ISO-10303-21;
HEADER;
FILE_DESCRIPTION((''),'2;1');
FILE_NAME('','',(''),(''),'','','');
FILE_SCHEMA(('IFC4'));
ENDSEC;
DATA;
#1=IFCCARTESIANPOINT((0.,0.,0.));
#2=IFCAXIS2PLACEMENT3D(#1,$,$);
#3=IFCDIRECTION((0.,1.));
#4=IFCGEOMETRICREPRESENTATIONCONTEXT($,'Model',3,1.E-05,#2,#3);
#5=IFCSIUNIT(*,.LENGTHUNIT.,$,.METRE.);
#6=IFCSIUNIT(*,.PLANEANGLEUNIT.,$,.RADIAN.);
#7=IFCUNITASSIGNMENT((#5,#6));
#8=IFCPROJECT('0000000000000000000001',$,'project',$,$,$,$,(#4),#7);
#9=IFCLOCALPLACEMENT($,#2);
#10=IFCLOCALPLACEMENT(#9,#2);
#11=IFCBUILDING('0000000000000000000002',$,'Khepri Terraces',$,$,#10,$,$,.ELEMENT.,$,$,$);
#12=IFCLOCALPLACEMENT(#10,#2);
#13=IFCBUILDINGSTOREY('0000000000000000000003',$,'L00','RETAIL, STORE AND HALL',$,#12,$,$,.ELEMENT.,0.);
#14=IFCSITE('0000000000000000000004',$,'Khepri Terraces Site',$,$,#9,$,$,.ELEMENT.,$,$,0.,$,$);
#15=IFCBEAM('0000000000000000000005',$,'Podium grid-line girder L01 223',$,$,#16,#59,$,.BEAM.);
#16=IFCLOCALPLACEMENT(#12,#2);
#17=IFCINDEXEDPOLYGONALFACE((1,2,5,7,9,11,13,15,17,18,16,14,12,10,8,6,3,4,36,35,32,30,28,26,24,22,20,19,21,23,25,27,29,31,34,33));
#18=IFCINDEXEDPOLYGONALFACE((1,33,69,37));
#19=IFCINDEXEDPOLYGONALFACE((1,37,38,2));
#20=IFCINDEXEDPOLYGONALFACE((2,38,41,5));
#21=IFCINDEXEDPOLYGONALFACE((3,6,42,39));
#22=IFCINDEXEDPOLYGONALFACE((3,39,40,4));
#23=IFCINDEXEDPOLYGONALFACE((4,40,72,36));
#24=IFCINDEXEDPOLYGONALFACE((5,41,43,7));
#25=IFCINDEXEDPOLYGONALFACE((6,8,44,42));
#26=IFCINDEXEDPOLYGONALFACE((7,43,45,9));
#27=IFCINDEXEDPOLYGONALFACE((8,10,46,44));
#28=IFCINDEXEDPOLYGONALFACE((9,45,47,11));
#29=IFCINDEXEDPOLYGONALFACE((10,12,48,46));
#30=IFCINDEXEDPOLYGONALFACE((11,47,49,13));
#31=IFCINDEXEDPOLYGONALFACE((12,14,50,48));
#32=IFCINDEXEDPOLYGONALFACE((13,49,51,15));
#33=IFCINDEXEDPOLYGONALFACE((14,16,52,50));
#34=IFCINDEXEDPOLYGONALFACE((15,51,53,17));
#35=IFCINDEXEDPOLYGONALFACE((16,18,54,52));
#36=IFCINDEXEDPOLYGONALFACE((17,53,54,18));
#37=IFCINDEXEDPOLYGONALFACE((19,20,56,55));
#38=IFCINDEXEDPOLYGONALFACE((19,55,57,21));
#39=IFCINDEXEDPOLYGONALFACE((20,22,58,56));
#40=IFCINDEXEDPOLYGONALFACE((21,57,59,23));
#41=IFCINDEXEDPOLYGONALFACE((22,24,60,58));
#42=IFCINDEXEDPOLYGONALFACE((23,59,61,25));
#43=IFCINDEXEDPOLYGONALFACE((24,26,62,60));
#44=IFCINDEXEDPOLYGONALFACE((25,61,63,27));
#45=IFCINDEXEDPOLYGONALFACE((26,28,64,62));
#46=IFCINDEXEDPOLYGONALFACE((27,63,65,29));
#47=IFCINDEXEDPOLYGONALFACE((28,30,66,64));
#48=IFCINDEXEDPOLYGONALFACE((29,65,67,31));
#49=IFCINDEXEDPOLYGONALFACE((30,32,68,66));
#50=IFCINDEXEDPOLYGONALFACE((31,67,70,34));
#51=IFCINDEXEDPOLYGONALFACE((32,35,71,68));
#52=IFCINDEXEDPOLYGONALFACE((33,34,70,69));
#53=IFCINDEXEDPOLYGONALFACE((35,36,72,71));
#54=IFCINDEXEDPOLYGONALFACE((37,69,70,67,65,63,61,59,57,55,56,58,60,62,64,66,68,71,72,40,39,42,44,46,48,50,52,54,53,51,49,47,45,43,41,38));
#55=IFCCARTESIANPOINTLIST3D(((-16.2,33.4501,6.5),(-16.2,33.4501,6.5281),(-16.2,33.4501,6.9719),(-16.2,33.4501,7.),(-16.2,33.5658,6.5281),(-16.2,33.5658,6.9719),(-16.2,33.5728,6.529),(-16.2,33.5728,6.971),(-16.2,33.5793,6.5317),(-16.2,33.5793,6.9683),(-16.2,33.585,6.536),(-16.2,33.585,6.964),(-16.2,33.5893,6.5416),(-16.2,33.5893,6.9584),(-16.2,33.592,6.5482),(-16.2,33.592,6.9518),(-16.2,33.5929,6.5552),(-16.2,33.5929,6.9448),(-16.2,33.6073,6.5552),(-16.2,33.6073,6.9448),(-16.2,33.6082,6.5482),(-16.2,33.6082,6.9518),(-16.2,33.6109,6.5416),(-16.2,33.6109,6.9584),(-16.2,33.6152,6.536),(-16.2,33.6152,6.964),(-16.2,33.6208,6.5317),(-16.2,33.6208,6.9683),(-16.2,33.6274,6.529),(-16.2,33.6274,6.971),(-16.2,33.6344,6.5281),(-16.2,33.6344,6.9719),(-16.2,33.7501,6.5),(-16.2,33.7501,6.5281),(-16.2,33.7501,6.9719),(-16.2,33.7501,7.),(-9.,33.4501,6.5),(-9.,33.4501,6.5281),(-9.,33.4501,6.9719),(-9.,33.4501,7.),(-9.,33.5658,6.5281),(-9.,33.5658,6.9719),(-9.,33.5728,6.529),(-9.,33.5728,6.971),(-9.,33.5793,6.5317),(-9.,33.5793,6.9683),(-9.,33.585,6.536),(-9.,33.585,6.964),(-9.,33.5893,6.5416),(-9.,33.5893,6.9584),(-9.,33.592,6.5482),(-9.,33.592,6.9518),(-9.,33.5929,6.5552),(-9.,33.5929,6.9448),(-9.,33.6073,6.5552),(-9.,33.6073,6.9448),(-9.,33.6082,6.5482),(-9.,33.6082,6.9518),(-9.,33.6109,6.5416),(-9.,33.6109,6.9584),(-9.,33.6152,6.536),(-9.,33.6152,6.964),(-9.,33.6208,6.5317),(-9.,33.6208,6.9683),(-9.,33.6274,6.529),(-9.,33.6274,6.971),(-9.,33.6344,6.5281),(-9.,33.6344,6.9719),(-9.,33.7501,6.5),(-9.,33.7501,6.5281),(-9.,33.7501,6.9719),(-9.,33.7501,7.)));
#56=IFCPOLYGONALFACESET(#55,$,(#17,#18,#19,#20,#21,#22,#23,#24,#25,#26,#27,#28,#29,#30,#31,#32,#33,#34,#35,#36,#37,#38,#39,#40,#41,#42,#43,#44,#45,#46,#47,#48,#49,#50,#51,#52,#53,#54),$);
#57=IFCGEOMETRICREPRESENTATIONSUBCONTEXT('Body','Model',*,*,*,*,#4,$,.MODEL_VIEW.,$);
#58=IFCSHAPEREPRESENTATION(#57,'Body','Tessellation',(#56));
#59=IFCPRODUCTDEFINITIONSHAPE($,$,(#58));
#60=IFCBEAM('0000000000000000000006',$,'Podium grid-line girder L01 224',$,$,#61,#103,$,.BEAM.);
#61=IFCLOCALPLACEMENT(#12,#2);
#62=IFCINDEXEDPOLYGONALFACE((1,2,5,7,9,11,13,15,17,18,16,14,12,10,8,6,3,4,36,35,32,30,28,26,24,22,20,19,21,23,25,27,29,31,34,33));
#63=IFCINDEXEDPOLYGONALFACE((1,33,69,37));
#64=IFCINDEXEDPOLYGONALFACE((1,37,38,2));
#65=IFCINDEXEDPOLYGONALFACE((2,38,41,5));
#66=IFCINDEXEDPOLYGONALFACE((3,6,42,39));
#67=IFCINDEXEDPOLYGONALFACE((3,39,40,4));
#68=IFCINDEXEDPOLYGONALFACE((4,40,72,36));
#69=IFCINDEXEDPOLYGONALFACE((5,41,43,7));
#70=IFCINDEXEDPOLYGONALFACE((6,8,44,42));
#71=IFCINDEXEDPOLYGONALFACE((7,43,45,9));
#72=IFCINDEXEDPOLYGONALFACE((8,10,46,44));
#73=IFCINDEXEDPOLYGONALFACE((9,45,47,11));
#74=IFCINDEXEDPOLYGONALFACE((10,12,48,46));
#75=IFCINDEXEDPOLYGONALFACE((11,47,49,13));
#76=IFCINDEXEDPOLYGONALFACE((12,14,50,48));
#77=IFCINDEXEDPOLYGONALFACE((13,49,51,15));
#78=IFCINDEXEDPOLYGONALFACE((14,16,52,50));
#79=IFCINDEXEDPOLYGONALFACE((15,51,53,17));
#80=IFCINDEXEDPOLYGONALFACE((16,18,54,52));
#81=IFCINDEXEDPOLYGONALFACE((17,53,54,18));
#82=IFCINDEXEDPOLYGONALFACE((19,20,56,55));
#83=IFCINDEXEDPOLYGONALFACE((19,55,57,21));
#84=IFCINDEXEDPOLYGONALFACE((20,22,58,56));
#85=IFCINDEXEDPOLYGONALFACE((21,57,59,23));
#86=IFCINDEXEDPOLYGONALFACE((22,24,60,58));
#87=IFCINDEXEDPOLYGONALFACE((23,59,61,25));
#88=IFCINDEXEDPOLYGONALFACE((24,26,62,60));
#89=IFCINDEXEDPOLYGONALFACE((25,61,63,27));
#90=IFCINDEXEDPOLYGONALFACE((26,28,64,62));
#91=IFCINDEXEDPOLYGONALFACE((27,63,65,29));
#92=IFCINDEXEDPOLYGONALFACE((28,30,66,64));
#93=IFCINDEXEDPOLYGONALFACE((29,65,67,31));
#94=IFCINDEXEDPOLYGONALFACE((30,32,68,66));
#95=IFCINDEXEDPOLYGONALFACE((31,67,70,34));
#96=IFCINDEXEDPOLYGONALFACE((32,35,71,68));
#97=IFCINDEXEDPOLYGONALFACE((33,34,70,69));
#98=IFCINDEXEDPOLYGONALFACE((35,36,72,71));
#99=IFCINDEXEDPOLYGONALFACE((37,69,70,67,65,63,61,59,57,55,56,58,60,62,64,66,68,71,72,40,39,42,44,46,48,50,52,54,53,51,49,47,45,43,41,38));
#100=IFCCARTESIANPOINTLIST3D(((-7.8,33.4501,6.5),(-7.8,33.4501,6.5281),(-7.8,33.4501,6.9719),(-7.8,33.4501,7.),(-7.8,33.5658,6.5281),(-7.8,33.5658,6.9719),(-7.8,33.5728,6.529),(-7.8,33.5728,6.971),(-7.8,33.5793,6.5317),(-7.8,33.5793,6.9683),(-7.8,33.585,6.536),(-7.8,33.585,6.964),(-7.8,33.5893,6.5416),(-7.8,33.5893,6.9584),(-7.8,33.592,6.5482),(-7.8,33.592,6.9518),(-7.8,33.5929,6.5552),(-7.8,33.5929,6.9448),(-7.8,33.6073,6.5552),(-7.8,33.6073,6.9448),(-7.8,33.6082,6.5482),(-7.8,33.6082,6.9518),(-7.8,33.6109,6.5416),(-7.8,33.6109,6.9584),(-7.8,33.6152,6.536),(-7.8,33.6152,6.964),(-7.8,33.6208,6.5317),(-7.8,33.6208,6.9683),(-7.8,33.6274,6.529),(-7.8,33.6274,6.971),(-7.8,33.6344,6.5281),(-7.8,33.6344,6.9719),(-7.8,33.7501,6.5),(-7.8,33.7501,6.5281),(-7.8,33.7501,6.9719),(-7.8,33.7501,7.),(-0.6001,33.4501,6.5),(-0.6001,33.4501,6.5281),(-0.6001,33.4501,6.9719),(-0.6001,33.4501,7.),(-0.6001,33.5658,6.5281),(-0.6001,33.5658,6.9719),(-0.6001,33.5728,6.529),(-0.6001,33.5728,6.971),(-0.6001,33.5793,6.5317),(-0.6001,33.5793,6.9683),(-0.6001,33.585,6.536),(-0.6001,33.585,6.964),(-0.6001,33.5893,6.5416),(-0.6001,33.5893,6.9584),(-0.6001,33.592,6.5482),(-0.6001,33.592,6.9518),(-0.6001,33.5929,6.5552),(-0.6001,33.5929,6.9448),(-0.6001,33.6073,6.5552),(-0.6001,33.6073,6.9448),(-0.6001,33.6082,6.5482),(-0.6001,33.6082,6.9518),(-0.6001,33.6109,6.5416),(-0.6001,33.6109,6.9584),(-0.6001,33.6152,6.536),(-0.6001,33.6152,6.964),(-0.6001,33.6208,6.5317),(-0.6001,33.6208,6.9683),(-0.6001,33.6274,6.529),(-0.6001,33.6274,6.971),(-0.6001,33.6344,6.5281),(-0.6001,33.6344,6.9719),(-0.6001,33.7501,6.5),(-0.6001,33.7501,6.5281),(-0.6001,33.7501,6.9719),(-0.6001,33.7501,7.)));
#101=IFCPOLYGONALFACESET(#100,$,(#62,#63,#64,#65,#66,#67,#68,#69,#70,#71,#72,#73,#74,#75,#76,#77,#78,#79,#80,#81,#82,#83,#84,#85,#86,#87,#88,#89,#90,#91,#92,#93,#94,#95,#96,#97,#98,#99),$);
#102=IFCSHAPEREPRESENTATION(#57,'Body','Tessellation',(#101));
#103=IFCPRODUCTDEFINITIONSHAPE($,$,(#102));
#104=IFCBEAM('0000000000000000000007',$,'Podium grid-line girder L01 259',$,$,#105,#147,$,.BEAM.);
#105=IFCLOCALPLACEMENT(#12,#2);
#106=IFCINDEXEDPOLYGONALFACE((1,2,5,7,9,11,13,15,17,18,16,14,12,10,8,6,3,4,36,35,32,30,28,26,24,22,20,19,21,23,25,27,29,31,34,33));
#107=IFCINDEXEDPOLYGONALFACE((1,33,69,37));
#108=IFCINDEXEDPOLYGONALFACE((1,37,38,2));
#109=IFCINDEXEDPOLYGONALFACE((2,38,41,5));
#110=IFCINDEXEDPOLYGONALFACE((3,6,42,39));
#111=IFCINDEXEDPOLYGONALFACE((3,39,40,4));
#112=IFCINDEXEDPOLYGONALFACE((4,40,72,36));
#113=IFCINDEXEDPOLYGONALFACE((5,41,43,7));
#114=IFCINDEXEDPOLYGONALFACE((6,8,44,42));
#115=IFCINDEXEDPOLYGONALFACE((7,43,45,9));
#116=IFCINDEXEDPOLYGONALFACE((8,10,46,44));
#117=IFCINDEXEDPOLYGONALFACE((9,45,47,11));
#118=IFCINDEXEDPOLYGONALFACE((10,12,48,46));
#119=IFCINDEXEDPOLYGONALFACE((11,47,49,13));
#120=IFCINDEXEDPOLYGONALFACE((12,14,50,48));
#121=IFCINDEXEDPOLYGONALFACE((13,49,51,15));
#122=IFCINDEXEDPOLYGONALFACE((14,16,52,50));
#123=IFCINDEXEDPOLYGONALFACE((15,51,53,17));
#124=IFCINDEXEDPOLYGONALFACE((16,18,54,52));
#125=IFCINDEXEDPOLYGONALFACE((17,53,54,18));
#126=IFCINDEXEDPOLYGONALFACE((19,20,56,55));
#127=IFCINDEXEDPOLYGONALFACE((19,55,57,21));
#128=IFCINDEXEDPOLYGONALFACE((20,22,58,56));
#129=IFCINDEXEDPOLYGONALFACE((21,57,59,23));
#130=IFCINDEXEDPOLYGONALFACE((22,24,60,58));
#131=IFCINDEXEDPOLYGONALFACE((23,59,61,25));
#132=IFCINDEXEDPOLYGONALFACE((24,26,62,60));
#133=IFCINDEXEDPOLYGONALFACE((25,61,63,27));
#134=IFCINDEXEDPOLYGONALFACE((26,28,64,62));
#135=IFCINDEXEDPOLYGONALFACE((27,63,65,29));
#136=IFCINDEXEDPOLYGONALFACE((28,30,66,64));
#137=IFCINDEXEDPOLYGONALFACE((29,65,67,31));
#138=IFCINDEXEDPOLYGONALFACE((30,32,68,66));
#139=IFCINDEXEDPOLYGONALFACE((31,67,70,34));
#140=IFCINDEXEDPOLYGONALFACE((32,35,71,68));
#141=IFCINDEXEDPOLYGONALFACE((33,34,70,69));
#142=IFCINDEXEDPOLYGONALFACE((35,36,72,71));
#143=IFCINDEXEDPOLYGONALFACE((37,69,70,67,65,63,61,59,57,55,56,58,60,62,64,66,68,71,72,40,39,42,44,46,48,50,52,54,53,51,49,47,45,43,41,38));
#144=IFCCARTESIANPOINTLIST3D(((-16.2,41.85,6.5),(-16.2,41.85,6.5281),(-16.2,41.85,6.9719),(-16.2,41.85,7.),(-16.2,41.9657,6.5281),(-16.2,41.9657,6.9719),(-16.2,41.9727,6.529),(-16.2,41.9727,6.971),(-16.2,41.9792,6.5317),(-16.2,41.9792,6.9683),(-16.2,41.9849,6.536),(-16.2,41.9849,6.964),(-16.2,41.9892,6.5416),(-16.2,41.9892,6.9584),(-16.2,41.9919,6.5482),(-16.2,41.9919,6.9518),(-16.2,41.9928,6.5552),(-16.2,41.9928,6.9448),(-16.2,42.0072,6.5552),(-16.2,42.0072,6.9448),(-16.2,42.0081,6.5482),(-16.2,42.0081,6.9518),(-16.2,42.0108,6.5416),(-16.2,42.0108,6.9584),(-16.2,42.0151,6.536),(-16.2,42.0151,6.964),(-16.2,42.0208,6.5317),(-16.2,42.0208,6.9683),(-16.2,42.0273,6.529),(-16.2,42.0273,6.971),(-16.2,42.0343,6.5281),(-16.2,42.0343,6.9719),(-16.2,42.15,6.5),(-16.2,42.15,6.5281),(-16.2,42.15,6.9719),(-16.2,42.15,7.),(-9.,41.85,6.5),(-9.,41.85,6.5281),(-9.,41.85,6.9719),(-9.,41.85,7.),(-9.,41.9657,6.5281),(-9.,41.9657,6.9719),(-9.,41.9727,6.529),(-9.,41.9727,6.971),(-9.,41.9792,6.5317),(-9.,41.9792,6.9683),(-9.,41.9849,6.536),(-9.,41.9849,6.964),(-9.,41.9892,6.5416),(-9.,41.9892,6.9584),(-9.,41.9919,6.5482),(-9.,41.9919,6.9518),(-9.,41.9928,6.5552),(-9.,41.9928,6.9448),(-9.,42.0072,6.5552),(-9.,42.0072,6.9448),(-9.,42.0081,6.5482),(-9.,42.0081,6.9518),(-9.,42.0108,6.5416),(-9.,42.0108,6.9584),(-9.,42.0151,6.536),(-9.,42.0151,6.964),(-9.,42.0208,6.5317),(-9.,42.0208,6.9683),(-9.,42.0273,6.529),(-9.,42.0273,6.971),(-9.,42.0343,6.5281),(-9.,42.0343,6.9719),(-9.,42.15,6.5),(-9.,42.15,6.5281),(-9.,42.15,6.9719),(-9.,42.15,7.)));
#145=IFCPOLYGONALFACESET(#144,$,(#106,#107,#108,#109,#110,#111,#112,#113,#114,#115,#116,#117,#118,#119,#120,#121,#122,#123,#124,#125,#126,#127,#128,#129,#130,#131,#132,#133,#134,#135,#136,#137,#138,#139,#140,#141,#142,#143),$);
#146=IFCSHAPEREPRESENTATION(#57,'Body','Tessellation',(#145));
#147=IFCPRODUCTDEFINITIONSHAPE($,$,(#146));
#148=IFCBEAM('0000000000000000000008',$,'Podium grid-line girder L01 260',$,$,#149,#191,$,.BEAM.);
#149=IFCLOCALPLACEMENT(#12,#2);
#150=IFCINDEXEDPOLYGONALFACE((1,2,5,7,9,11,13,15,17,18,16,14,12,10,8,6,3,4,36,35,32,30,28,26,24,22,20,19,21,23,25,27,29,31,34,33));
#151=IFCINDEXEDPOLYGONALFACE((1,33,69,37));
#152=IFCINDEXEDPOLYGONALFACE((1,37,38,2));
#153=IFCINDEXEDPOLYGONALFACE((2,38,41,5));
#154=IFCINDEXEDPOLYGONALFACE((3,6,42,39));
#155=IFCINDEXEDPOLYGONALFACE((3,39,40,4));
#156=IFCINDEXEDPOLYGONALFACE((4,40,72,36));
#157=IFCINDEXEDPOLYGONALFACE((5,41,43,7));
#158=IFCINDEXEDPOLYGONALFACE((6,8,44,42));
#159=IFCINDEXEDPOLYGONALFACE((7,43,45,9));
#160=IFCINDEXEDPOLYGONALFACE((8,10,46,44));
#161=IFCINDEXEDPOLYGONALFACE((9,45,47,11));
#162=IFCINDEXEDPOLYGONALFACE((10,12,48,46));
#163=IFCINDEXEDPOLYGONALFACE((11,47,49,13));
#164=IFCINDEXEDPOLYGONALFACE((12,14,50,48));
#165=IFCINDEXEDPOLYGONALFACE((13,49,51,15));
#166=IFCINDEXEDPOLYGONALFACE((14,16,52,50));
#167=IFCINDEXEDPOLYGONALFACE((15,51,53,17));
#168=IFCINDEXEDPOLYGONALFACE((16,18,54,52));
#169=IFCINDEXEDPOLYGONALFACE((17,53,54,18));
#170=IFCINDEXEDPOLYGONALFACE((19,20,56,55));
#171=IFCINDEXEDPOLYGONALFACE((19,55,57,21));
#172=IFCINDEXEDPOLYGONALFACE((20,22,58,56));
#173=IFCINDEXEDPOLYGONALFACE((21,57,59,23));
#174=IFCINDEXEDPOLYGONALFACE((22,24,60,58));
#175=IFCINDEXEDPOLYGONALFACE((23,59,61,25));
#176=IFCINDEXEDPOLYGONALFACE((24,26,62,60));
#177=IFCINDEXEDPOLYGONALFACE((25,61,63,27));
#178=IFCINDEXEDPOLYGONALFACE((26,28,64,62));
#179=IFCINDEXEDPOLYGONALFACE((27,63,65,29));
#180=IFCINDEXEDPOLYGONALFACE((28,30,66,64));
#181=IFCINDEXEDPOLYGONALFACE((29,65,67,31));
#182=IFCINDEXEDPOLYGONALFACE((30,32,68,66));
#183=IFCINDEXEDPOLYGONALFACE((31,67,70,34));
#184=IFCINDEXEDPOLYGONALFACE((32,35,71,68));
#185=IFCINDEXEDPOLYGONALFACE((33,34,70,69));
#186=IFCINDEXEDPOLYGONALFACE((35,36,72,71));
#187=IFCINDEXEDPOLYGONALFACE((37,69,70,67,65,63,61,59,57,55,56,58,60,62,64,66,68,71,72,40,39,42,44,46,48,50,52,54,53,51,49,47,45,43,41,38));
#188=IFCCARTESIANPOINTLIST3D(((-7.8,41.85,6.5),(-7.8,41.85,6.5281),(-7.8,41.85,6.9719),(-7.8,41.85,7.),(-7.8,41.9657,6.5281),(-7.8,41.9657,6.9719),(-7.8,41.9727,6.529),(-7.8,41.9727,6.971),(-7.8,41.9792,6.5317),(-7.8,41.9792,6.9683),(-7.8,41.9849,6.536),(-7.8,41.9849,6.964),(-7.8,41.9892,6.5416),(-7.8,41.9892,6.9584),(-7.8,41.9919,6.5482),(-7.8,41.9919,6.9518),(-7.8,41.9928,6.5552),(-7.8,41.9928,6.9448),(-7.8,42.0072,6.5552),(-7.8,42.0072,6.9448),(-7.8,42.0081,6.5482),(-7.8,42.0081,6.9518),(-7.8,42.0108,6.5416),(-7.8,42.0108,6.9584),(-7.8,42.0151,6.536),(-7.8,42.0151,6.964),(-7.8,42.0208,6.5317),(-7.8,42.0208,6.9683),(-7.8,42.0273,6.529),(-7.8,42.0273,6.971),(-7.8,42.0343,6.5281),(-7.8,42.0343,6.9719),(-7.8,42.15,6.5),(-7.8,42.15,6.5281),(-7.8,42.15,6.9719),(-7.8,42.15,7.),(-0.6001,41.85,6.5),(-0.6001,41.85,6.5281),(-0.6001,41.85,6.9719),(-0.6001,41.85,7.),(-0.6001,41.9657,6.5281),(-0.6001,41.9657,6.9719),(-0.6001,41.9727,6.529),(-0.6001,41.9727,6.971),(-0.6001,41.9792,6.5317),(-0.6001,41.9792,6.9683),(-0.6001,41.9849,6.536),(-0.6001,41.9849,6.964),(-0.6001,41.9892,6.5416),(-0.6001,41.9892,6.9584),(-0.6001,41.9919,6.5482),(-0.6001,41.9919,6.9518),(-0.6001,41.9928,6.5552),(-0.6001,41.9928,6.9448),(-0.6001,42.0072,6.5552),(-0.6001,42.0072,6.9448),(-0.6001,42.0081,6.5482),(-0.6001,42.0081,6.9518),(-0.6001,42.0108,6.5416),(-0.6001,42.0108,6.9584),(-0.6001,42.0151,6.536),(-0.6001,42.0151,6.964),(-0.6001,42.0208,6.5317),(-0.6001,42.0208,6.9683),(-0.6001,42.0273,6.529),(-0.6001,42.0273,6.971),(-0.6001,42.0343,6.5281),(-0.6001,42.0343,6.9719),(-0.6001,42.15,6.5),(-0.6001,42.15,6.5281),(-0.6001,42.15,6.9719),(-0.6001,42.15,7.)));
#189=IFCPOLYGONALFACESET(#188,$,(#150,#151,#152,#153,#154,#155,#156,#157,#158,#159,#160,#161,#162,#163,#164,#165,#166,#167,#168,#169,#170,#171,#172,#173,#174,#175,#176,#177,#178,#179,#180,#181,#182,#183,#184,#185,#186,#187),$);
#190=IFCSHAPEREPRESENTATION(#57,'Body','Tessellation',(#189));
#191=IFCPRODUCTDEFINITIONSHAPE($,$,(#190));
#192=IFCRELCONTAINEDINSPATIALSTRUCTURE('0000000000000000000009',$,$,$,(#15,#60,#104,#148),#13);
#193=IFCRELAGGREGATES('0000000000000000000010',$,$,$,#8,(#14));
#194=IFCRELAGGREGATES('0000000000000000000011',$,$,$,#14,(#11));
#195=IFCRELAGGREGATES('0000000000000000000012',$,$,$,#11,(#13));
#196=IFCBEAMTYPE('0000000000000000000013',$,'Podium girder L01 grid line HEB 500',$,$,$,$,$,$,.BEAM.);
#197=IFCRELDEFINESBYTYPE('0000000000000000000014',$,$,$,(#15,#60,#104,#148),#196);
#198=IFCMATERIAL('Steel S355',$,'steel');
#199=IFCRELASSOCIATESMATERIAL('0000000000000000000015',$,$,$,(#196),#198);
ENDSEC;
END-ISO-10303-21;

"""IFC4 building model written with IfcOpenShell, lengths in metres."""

from ifc_helpers import new_model, si_unit, direction, frame, origin, origin_2d, place, context, subcontext, project, spatial, i_section, extrude, material, material_profile, profile_set, type_object, element, save


model = new_model("IFC4")

# Units and contexts
model_context = context("Model", 3, precision=1e-05, world=origin(), true_north=direction((0.0, 1.0)))
body_context = subcontext(model_context, "Body", "Model", "MODEL_VIEW")
ifc_project = project(units=[si_unit("LENGTHUNIT", "METRE"), si_unit("PLANEANGLEUNIT", "RADIAN")], contexts=[model_context])

# Site, building, storey
site_placement = place(None, origin())
site = spatial("IfcSite", under=ifc_project, at=site_placement, Name="Khepri Terraces Site", CompositionType="ELEMENT", RefElevation=0.0)
building_placement = place(site_placement, origin())
building = spatial("IfcBuilding", under=site, at=building_placement, Name="Khepri Terraces", CompositionType="ELEMENT")
storey_placement = place(building_placement, origin())
storey = spatial("IfcBuildingStorey", under=building, at=storey_placement, Name="L00", Description="RETAIL, STORE AND HALL", CompositionType="ELEMENT", Elevation=0.0)

# Beams
ifc_material_1 = material(Name="Steel S355", Category="steel")
ifc_material_profile_1 = material_profile(ifc_material_1, i_section(OverallWidth=0.3, OverallDepth=0.5, WebThickness=0.0144, FlangeThickness=0.0281, FilletRadius=0.0271, at=origin_2d()), Name="Steel S355", Category="steel")
ifc_profile_set_1 = profile_set([ifc_material_profile_1], Name="Steel S355")
beam_type_1 = type_object("IfcBeamType", Name="Podium girder L01 grid line HEB 500", PredefinedType="BEAM", material=ifc_profile_set_1)
for number, where, z_axis, x_axis, name in (
    (1, (-16.2, 33.6001, 6.75), (1.0, 0.0, 0.0), (0.0, 1.0, 0.0), "Podium grid-line girder L01 223"),
    (2, (-7.8, 33.6001, 6.75), (1.0, 0.0, 0.0), (0.0, 1.0, 0.0), "Podium grid-line girder L01 224"),
    (3, (-16.2, 42.0, 6.75), (1.0, 0.0, 0.0), (0.0, 1.0, 0.0), "Podium grid-line girder L01 259"),
    (4, (-7.8, 42.0, 6.75), (1.0, 0.0, 0.0), (0.0, 1.0, 0.0), "Podium grid-line girder L01 260"),
):
    element("IfcBeam", number, at=place(storey_placement, frame(where, z_axis=z_axis, x_axis=x_axis)), inside=storey, type_object=beam_type_1, Name=name, PredefinedType="BEAM", context=body_context, shape_type="SweptSolid", body=[
        extrude(i_section(OverallWidth=0.3, OverallDepth=0.5, WebThickness=0.0144, FlangeThickness=0.0281, FilletRadius=0.0271, at=origin_2d()), origin(), (0.0, 0.0, 1.0), 7.2),
    ])

save(model, "model.ifc")
